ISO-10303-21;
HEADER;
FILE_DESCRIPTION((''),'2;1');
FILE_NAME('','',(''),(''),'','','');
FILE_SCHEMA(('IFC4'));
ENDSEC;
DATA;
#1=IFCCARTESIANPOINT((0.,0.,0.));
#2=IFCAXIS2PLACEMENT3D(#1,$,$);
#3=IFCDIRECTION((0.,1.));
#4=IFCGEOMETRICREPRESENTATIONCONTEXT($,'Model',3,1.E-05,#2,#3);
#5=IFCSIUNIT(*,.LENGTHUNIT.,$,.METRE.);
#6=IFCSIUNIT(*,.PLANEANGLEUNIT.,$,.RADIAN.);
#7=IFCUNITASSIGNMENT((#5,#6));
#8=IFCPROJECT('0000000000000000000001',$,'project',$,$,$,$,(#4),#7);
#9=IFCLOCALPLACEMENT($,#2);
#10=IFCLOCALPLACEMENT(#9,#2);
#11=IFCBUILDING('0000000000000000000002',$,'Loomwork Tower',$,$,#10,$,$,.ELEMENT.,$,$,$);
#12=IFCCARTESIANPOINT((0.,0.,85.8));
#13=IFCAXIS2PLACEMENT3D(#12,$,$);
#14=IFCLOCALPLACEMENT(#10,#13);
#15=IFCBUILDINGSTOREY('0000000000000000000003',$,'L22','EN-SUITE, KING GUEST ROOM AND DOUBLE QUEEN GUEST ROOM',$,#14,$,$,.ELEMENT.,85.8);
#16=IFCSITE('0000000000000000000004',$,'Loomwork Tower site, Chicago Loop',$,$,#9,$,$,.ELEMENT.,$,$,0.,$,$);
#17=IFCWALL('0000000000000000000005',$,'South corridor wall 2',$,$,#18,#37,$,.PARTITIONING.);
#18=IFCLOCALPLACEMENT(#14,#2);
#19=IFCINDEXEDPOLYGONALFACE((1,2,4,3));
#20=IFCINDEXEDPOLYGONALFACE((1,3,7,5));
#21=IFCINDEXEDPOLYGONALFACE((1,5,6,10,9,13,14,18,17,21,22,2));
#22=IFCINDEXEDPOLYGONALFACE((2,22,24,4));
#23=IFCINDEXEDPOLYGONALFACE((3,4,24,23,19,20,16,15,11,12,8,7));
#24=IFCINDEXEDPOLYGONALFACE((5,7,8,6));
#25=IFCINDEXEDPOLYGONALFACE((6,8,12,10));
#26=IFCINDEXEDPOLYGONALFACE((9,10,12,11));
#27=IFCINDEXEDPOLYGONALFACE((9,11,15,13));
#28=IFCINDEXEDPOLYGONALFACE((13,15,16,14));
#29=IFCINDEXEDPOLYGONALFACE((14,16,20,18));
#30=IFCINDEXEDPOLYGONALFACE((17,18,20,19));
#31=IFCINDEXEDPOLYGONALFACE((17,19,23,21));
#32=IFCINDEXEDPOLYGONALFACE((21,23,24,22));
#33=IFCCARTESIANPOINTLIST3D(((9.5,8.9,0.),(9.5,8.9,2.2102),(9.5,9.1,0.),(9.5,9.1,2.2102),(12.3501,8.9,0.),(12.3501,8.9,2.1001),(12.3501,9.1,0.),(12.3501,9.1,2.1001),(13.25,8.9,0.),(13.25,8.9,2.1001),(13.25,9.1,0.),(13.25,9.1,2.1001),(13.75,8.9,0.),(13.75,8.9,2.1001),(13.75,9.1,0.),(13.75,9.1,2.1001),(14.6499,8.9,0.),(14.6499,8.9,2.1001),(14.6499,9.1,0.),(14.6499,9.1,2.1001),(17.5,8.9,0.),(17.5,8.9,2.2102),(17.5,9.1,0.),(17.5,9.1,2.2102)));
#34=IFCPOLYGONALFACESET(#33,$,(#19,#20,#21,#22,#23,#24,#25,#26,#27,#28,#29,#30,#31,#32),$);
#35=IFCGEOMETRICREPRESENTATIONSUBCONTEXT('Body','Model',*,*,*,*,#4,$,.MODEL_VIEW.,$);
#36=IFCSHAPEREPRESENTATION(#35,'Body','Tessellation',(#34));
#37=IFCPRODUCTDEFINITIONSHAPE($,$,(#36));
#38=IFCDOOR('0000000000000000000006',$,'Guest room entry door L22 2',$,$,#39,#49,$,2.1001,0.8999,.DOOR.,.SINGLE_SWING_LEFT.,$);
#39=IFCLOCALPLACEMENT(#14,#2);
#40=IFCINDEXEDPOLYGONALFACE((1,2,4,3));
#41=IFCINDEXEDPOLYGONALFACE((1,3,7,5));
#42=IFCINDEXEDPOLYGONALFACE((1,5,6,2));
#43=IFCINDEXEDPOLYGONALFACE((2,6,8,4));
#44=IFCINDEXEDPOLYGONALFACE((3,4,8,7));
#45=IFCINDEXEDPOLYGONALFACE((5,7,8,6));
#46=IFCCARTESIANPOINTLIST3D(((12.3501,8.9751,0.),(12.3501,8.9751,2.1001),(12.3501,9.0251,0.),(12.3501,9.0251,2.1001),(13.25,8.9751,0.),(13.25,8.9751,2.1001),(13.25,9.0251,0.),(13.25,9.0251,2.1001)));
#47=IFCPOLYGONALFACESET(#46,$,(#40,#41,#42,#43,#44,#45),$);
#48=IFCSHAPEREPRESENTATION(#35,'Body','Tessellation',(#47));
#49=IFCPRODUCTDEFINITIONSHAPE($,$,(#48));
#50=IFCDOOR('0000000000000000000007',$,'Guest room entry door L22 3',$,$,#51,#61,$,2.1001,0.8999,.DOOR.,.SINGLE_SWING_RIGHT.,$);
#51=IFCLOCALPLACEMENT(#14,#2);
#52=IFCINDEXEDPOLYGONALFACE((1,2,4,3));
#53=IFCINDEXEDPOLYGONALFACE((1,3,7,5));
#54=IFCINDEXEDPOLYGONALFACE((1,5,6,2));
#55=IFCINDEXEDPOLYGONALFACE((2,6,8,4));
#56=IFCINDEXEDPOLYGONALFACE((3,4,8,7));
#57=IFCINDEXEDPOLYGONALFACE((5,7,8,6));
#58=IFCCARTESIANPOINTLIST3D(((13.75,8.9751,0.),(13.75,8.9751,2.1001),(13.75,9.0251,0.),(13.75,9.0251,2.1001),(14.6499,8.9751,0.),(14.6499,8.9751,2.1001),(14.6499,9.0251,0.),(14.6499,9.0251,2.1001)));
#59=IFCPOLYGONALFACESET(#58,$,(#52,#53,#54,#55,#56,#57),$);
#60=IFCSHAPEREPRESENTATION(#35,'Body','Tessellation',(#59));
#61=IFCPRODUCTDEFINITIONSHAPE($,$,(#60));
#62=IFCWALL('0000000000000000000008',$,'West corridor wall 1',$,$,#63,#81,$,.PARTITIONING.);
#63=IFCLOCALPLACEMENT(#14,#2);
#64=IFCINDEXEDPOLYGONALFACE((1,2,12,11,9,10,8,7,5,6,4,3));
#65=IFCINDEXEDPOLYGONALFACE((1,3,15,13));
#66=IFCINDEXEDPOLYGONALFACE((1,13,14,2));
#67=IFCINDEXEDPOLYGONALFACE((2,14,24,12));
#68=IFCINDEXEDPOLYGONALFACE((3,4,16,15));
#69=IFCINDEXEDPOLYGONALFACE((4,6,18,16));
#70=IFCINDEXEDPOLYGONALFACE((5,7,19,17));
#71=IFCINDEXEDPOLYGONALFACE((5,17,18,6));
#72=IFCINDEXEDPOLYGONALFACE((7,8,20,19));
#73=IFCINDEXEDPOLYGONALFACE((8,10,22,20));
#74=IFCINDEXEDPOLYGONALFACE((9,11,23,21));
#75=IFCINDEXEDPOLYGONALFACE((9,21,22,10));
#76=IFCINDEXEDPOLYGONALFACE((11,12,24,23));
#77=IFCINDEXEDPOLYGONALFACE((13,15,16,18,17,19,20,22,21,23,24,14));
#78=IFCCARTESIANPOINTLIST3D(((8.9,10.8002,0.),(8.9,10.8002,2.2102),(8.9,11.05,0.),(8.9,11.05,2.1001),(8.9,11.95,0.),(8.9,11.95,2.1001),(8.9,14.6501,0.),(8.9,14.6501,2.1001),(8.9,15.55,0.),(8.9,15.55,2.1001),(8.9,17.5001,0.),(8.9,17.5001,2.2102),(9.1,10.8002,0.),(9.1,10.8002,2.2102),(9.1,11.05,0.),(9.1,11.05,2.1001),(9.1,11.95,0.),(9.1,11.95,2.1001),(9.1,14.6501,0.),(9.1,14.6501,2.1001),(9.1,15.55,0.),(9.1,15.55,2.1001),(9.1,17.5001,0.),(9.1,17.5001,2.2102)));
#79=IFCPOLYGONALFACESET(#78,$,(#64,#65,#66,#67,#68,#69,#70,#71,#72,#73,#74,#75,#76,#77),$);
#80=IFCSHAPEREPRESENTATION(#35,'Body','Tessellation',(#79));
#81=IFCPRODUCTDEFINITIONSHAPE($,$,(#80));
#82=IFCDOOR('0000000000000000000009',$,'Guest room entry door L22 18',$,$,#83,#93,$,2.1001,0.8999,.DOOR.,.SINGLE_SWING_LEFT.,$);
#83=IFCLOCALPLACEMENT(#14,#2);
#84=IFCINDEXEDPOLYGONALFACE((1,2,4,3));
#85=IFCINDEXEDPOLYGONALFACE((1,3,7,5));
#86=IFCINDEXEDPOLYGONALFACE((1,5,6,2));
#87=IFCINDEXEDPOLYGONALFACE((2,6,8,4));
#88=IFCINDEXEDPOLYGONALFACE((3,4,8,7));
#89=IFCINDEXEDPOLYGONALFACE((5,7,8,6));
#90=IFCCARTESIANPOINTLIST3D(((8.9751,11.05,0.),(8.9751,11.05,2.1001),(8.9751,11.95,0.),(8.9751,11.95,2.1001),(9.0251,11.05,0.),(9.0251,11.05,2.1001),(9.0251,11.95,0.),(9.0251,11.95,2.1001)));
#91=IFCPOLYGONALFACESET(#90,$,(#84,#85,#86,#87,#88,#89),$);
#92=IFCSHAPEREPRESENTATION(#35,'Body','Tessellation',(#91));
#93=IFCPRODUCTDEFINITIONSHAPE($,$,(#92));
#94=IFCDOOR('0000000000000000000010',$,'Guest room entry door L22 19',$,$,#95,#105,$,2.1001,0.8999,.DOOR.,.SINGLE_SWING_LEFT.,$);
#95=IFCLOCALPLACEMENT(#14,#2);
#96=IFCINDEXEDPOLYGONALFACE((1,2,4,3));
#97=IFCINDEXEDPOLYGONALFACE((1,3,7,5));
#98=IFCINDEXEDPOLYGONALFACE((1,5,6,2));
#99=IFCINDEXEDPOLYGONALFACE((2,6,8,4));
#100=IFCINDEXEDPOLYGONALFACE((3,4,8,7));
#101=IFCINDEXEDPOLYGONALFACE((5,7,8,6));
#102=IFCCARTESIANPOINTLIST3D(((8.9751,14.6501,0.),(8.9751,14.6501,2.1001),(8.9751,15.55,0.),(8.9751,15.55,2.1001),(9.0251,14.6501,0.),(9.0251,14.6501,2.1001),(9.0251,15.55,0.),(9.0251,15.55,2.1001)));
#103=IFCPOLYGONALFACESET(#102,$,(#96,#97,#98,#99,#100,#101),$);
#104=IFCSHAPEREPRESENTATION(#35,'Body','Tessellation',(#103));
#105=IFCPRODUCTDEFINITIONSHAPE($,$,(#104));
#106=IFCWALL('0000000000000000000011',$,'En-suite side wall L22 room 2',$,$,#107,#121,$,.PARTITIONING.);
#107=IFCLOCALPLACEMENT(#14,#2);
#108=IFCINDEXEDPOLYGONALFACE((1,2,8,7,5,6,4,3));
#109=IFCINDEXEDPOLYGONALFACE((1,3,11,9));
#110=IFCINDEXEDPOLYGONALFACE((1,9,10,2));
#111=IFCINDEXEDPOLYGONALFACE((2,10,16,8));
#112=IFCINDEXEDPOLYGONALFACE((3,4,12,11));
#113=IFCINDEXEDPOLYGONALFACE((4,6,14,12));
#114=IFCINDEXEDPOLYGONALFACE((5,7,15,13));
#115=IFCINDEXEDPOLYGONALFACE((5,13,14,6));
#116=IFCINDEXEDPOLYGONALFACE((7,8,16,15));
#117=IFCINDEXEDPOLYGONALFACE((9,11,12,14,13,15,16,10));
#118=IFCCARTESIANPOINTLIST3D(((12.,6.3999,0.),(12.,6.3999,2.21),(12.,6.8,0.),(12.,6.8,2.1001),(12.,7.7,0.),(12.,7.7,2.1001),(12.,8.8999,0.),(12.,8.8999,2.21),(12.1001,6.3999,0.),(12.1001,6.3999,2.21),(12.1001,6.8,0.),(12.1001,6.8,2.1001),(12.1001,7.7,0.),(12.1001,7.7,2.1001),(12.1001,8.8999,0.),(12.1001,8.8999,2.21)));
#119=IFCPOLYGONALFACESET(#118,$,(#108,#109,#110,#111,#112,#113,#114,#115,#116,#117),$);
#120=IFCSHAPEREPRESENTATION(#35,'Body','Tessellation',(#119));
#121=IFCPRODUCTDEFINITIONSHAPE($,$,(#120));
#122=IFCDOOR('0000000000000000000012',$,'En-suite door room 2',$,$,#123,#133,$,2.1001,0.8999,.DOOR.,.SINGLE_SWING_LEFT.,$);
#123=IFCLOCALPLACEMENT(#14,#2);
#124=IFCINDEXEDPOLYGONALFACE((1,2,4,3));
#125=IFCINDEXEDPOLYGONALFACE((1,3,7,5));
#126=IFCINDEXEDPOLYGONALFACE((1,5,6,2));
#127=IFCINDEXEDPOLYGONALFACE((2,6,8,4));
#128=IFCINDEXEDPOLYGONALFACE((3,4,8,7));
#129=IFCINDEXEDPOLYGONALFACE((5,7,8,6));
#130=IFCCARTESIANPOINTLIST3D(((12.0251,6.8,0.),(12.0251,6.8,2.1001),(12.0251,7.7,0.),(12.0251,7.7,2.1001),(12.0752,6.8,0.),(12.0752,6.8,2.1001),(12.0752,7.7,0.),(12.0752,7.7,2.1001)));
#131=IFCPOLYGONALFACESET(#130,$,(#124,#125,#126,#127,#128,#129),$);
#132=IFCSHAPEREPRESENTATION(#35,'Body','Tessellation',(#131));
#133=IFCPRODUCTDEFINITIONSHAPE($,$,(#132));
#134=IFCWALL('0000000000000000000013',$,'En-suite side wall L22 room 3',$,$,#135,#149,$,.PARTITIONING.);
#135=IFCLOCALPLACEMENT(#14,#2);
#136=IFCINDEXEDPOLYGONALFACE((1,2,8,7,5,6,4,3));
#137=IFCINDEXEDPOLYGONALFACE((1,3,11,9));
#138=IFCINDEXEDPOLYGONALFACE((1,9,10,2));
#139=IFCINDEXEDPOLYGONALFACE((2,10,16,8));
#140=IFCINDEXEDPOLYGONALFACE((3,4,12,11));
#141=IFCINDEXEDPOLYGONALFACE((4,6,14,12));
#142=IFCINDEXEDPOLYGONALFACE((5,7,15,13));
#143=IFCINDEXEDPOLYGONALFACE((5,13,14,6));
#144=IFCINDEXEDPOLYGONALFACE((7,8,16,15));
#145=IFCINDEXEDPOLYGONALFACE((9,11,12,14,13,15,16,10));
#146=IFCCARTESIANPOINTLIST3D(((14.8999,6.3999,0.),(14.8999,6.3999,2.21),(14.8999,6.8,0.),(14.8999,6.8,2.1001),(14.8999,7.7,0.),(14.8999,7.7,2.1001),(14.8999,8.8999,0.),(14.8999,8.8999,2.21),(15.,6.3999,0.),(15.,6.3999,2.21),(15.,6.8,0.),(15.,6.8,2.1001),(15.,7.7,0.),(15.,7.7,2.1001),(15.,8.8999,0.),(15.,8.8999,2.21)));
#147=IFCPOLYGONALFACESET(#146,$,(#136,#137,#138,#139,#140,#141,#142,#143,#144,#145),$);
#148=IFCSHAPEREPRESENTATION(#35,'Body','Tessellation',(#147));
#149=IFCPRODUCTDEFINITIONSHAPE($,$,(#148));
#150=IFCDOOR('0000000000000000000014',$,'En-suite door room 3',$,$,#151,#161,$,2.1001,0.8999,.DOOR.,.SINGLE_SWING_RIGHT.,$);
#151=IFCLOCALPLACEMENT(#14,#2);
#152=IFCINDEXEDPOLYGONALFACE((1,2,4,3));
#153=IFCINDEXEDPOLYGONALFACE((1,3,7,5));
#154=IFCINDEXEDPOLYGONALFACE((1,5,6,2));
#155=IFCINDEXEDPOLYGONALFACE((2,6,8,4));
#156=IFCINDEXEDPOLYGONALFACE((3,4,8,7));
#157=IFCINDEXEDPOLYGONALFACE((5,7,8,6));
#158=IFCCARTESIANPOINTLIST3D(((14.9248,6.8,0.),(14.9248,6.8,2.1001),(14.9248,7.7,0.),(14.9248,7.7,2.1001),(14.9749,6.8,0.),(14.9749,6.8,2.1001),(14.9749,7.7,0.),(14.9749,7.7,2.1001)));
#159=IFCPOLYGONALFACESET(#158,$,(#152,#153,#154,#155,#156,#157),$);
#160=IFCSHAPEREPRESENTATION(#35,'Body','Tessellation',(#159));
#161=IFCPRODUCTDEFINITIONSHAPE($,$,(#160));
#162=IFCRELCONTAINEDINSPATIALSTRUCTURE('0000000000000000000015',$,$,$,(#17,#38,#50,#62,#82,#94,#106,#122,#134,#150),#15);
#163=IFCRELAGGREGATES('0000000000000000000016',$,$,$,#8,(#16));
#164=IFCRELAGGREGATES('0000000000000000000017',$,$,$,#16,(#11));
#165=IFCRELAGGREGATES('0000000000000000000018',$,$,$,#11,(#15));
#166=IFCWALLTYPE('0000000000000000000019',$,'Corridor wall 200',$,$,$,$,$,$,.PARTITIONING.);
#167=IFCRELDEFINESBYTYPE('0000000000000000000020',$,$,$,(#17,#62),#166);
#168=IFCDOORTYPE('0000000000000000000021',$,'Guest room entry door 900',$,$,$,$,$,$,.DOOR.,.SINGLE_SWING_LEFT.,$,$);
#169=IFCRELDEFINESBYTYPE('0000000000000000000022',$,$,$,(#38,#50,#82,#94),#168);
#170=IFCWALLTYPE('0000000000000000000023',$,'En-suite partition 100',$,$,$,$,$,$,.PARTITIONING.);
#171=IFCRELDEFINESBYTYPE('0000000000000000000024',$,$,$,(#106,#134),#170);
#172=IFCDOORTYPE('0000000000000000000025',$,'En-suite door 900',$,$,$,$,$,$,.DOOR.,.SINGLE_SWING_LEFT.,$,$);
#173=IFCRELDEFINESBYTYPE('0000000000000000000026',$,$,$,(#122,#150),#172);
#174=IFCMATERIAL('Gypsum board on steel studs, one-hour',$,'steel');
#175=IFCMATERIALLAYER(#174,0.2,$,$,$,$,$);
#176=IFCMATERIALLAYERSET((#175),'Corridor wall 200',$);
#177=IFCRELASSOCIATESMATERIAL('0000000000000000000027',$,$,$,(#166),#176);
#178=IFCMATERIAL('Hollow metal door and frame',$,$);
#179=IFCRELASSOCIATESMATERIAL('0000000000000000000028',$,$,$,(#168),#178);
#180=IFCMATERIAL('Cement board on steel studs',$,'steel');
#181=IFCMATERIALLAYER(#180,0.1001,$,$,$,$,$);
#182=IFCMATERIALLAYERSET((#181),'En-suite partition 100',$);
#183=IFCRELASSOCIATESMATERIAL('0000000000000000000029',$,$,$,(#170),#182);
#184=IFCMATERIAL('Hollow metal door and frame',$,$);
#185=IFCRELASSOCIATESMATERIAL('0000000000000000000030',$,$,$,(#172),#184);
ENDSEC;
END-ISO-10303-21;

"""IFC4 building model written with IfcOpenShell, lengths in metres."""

from ifc_helpers import new_model, si_unit, direction, frame, frame_2d, origin, place, context, subcontext, project, spatial, rectangle, extrude, material, layer, layer_set, type_object, element, fill, save


model = new_model("IFC4")

# Units and contexts
model_context = context("Model", 3, precision=1e-05, world=origin(), true_north=direction((0.0, 1.0)))
body_context = subcontext(model_context, "Body", "Model", "MODEL_VIEW")
ifc_project = project(units=[si_unit("LENGTHUNIT", "METRE"), si_unit("PLANEANGLEUNIT", "RADIAN")], contexts=[model_context])

# Site, building, storey
site_placement = place(None, origin())
site = spatial("IfcSite", under=ifc_project, at=site_placement, Name="Loomwork Tower site, Chicago Loop", CompositionType="ELEMENT", RefElevation=0.0)
building_placement = place(site_placement, origin())
building = spatial("IfcBuilding", under=site, at=building_placement, Name="Loomwork Tower", CompositionType="ELEMENT")
storey_placement = place(building_placement, frame((0.0, 0.0, 85.8)))
storey = spatial("IfcBuildingStorey", under=building, at=storey_placement, Name="L22", Description="EN-SUITE, KING GUEST ROOM AND DOUBLE QUEEN GUEST ROOM", CompositionType="ELEMENT", Elevation=85.8)

# Walls, openings, doors
ifc_material_1 = material(Name="Gypsum board on steel studs, one-hour", Category="steel")
ifc_layer_1 = layer(ifc_material_1, 0.2)
ifc_layer_set_1 = layer_set([ifc_layer_1], Name="Corridor wall 200")
wall_type_1 = type_object("IfcWallType", Name="Corridor wall 200", PredefinedType="PARTITIONING", material=ifc_layer_set_1)
wall_1_placement = place(storey_placement, frame((9.5, 9.0, 0.0), z_axis=(0.0, 0.0, 1.0), x_axis=(1.0, 0.0, 0.0)))
wall_1 = element("IfcWall", 1, at=wall_1_placement, inside=storey, type_object=wall_type_1, Name="South corridor wall 2", PredefinedType="PARTITIONING", context=body_context, shape_type="SweptSolid", body=[
    extrude(rectangle(XDim=8.0, YDim=0.2, at=frame_2d((4.0, 0.0))), origin(), (0.0, 0.0, 1.0), 2.2102),
])
opening_1_placement = place(wall_1_placement, frame((2.8501, 0.0, 0.0)))
opening_1 = element("IfcOpeningElement", 2, at=opening_1_placement, cuts=wall_1, PredefinedType="OPENING", context=body_context, shape_type="SweptSolid", body=[
    extrude(rectangle(XDim=0.8999, YDim=2.1001, at=frame_2d((0.45, 1.05))), frame((0.0, 0.1099, 0.0), z_axis=(0.0, -1.0, 0.0), x_axis=(1.0, 0.0, 0.0)), (0.0, 0.0, 1.0), 0.22),
])
opening_2_placement = place(wall_1_placement, frame((4.25, 0.0, 0.0)))
opening_2 = element("IfcOpeningElement", 3, at=opening_2_placement, cuts=wall_1, PredefinedType="OPENING", context=body_context, shape_type="SweptSolid", body=[
    extrude(rectangle(XDim=0.8999, YDim=2.1001, at=frame_2d((0.45, 1.05))), frame((0.0, 0.1099, 0.0), z_axis=(0.0, -1.0, 0.0), x_axis=(1.0, 0.0, 0.0)), (0.0, 0.0, 1.0), 0.22),
])
ifc_material_2 = material(Name="Hollow metal door and frame")
door_type_1 = type_object("IfcDoorType", Name="Guest room entry door 900", OperationType="SINGLE_SWING_LEFT", PredefinedType="DOOR", material=ifc_material_2)
door_1_placement = place(opening_1_placement, frame((0.8999, 0.0, 0.0), z_axis=(0.0, 0.0, 1.0), x_axis=(-1.0, 0.0, 0.0)))
door_1 = element("IfcDoor", 4, at=door_1_placement, inside=storey, type_object=door_type_1, Name="Guest room entry door L22 2", OperationType="SINGLE_SWING_LEFT", OverallHeight=2.1001, OverallWidth=0.8999, PredefinedType="DOOR", context=body_context, shape_type="SweptSolid", body=[
    extrude(rectangle(XDim=0.8999, YDim=2.1001, at=frame_2d((0.45, 1.05))), frame((0.0, 0.0249, 0.0), z_axis=(0.0, -1.0, 0.0), x_axis=(1.0, 0.0, 0.0)), (0.0, 0.0, 1.0), 0.05),
])
fill(opening_1, door_1)
door_2_placement = place(opening_2_placement, frame((0.8999, 0.0, 0.0), z_axis=(0.0, 0.0, 1.0), x_axis=(-1.0, 0.0, 0.0)))
door_2 = element("IfcDoor", 5, at=door_2_placement, inside=storey, type_object=door_type_1, Name="Guest room entry door L22 3", OperationType="SINGLE_SWING_RIGHT", OverallHeight=2.1001, OverallWidth=0.8999, PredefinedType="DOOR", context=body_context, shape_type="SweptSolid", body=[
    extrude(rectangle(XDim=0.8999, YDim=2.1001, at=frame_2d((0.45, 1.05))), frame((0.0, 0.0249, 0.0), z_axis=(0.0, -1.0, 0.0), x_axis=(1.0, 0.0, 0.0)), (0.0, 0.0, 1.0), 0.05),
])
fill(opening_2, door_2)
wall_2_placement = place(storey_placement, frame((9.0, 10.8, 0.0), z_axis=(0.0, 0.0, 1.0), x_axis=(0.0, 1.0, 0.0)))
wall_2 = element("IfcWall", 6, at=wall_2_placement, inside=storey, type_object=wall_type_1, Name="West corridor wall 1", PredefinedType="PARTITIONING", context=body_context, shape_type="SweptSolid", body=[
    extrude(rectangle(XDim=6.7, YDim=0.2, at=frame_2d((3.3501, 0.0))), origin(), (0.0, 0.0, 1.0), 2.2102),
])
opening_3_placement = place(wall_2_placement, frame((0.25, 0.0, 0.0)))
opening_3 = element("IfcOpeningElement", 7, at=opening_3_placement, cuts=wall_2, PredefinedType="OPENING", context=body_context, shape_type="SweptSolid", body=[
    extrude(rectangle(XDim=0.8999, YDim=2.1001, at=frame_2d((0.45, 1.05))), frame((0.0, 0.1099, 0.0), z_axis=(0.0, -1.0, 0.0), x_axis=(1.0, 0.0, 0.0)), (0.0, 0.0, 1.0), 0.22),
])
opening_4_placement = place(wall_2_placement, frame((3.8501, 0.0, 0.0)))
opening_4 = element("IfcOpeningElement", 8, at=opening_4_placement, cuts=wall_2, PredefinedType="OPENING", context=body_context, shape_type="SweptSolid", body=[
    extrude(rectangle(XDim=0.8999, YDim=2.1001, at=frame_2d((0.45, 1.05))), frame((0.0, 0.1099, 0.0), z_axis=(0.0, -1.0, 0.0), x_axis=(1.0, 0.0, 0.0)), (0.0, 0.0, 1.0), 0.22),
])
door_3_placement = place(opening_3_placement, origin())
door_3 = element("IfcDoor", 9, at=door_3_placement, inside=storey, type_object=door_type_1, Name="Guest room entry door L22 18", OperationType="SINGLE_SWING_LEFT", OverallHeight=2.1001, OverallWidth=0.8999, PredefinedType="DOOR", context=body_context, shape_type="SweptSolid", body=[
    extrude(rectangle(XDim=0.8999, YDim=2.1001, at=frame_2d((0.45, 1.05))), frame((0.0, 0.0249, 0.0), z_axis=(0.0, -1.0, 0.0), x_axis=(1.0, 0.0, 0.0)), (0.0, 0.0, 1.0), 0.05),
])
fill(opening_3, door_3)
door_4_placement = place(opening_4_placement, origin())
door_4 = element("IfcDoor", 10, at=door_4_placement, inside=storey, type_object=door_type_1, Name="Guest room entry door L22 19", OperationType="SINGLE_SWING_LEFT", OverallHeight=2.1001, OverallWidth=0.8999, PredefinedType="DOOR", context=body_context, shape_type="SweptSolid", body=[
    extrude(rectangle(XDim=0.8999, YDim=2.1001, at=frame_2d((0.45, 1.05))), frame((0.0, 0.0249, 0.0), z_axis=(0.0, -1.0, 0.0), x_axis=(1.0, 0.0, 0.0)), (0.0, 0.0, 1.0), 0.05),
])
fill(opening_4, door_4)

# Walls, openings, doors
ifc_material_3 = material(Name="Cement board on steel studs", Category="steel")
ifc_layer_2 = layer(ifc_material_3, 0.1001)
ifc_layer_set_2 = layer_set([ifc_layer_2], Name="En-suite partition 100")
wall_type_2 = type_object("IfcWallType", Name="En-suite partition 100", PredefinedType="PARTITIONING", material=ifc_layer_set_2)
wall_3_placement = place(storey_placement, frame((12.05, 8.8999, 0.0), z_axis=(0.0, 0.0, 1.0), x_axis=(0.0, -1.0, 0.0)))
wall_3 = element("IfcWall", 11, at=wall_3_placement, inside=storey, type_object=wall_type_2, Name="En-suite side wall L22 room 2", PredefinedType="PARTITIONING", context=body_context, shape_type="SweptSolid", body=[
    extrude(rectangle(XDim=2.5, YDim=0.1001, at=frame_2d((1.25, 0.0))), origin(), (0.0, 0.0, 1.0), 2.21),
])
opening_5_placement = place(wall_3_placement, frame((1.2, 0.0, 0.0)))
opening_5 = element("IfcOpeningElement", 12, at=opening_5_placement, cuts=wall_3, PredefinedType="OPENING", context=body_context, shape_type="SweptSolid", body=[
    extrude(rectangle(XDim=0.8999, YDim=2.1001, at=frame_2d((0.45, 1.05))), frame((0.0, 0.0601, 0.0), z_axis=(0.0, -1.0, 0.0), x_axis=(1.0, 0.0, 0.0)), (0.0, 0.0, 1.0), 0.1201),
])
ifc_material_4 = material(Name="Hollow metal door and frame")
door_type_2 = type_object("IfcDoorType", Name="En-suite door 900", OperationType="SINGLE_SWING_LEFT", PredefinedType="DOOR", material=ifc_material_4)
door_5_placement = place(opening_5_placement, frame((0.8999, 0.0, 0.0), z_axis=(0.0, 0.0, 1.0), x_axis=(-1.0, 0.0, 0.0)))
door_5 = element("IfcDoor", 13, at=door_5_placement, inside=storey, type_object=door_type_2, Name="En-suite door room 2", OperationType="SINGLE_SWING_LEFT", OverallHeight=2.1001, OverallWidth=0.8999, PredefinedType="DOOR", context=body_context, shape_type="SweptSolid", body=[
    extrude(rectangle(XDim=0.8999, YDim=2.1001, at=frame_2d((0.45, 1.05))), frame((0.0, 0.0249, 0.0), z_axis=(0.0, -1.0, 0.0), x_axis=(1.0, 0.0, 0.0)), (0.0, 0.0, 1.0), 0.05),
])
fill(opening_5, door_5)
wall_4_placement = place(storey_placement, frame((14.95, 8.8999, 0.0), z_axis=(0.0, 0.0, 1.0), x_axis=(0.0, -1.0, 0.0)))
wall_4 = element("IfcWall", 14, at=wall_4_placement, inside=storey, type_object=wall_type_2, Name="En-suite side wall L22 room 3", PredefinedType="PARTITIONING", context=body_context, shape_type="SweptSolid", body=[
    extrude(rectangle(XDim=2.5, YDim=0.1001, at=frame_2d((1.25, 0.0))), origin(), (0.0, 0.0, 1.0), 2.21),
])
opening_6_placement = place(wall_4_placement, frame((1.2, 0.0, 0.0)))
opening_6 = element("IfcOpeningElement", 15, at=opening_6_placement, cuts=wall_4, PredefinedType="OPENING", context=body_context, shape_type="SweptSolid", body=[
    extrude(rectangle(XDim=0.8999, YDim=2.1001, at=frame_2d((0.45, 1.05))), frame((0.0, 0.0601, 0.0), z_axis=(0.0, -1.0, 0.0), x_axis=(1.0, 0.0, 0.0)), (0.0, 0.0, 1.0), 0.1201),
])
door_6_placement = place(opening_6_placement, origin())
door_6 = element("IfcDoor", 16, at=door_6_placement, inside=storey, type_object=door_type_2, Name="En-suite door room 3", OperationType="SINGLE_SWING_RIGHT", OverallHeight=2.1001, OverallWidth=0.8999, PredefinedType="DOOR", context=body_context, shape_type="SweptSolid", body=[
    extrude(rectangle(XDim=0.8999, YDim=2.1001, at=frame_2d((0.45, 1.05))), frame((0.0, 0.0249, 0.0), z_axis=(0.0, -1.0, 0.0), x_axis=(1.0, 0.0, 0.0)), (0.0, 0.0, 1.0), 0.05),
])
fill(opening_6, door_6)

save(model, "model.ifc")
